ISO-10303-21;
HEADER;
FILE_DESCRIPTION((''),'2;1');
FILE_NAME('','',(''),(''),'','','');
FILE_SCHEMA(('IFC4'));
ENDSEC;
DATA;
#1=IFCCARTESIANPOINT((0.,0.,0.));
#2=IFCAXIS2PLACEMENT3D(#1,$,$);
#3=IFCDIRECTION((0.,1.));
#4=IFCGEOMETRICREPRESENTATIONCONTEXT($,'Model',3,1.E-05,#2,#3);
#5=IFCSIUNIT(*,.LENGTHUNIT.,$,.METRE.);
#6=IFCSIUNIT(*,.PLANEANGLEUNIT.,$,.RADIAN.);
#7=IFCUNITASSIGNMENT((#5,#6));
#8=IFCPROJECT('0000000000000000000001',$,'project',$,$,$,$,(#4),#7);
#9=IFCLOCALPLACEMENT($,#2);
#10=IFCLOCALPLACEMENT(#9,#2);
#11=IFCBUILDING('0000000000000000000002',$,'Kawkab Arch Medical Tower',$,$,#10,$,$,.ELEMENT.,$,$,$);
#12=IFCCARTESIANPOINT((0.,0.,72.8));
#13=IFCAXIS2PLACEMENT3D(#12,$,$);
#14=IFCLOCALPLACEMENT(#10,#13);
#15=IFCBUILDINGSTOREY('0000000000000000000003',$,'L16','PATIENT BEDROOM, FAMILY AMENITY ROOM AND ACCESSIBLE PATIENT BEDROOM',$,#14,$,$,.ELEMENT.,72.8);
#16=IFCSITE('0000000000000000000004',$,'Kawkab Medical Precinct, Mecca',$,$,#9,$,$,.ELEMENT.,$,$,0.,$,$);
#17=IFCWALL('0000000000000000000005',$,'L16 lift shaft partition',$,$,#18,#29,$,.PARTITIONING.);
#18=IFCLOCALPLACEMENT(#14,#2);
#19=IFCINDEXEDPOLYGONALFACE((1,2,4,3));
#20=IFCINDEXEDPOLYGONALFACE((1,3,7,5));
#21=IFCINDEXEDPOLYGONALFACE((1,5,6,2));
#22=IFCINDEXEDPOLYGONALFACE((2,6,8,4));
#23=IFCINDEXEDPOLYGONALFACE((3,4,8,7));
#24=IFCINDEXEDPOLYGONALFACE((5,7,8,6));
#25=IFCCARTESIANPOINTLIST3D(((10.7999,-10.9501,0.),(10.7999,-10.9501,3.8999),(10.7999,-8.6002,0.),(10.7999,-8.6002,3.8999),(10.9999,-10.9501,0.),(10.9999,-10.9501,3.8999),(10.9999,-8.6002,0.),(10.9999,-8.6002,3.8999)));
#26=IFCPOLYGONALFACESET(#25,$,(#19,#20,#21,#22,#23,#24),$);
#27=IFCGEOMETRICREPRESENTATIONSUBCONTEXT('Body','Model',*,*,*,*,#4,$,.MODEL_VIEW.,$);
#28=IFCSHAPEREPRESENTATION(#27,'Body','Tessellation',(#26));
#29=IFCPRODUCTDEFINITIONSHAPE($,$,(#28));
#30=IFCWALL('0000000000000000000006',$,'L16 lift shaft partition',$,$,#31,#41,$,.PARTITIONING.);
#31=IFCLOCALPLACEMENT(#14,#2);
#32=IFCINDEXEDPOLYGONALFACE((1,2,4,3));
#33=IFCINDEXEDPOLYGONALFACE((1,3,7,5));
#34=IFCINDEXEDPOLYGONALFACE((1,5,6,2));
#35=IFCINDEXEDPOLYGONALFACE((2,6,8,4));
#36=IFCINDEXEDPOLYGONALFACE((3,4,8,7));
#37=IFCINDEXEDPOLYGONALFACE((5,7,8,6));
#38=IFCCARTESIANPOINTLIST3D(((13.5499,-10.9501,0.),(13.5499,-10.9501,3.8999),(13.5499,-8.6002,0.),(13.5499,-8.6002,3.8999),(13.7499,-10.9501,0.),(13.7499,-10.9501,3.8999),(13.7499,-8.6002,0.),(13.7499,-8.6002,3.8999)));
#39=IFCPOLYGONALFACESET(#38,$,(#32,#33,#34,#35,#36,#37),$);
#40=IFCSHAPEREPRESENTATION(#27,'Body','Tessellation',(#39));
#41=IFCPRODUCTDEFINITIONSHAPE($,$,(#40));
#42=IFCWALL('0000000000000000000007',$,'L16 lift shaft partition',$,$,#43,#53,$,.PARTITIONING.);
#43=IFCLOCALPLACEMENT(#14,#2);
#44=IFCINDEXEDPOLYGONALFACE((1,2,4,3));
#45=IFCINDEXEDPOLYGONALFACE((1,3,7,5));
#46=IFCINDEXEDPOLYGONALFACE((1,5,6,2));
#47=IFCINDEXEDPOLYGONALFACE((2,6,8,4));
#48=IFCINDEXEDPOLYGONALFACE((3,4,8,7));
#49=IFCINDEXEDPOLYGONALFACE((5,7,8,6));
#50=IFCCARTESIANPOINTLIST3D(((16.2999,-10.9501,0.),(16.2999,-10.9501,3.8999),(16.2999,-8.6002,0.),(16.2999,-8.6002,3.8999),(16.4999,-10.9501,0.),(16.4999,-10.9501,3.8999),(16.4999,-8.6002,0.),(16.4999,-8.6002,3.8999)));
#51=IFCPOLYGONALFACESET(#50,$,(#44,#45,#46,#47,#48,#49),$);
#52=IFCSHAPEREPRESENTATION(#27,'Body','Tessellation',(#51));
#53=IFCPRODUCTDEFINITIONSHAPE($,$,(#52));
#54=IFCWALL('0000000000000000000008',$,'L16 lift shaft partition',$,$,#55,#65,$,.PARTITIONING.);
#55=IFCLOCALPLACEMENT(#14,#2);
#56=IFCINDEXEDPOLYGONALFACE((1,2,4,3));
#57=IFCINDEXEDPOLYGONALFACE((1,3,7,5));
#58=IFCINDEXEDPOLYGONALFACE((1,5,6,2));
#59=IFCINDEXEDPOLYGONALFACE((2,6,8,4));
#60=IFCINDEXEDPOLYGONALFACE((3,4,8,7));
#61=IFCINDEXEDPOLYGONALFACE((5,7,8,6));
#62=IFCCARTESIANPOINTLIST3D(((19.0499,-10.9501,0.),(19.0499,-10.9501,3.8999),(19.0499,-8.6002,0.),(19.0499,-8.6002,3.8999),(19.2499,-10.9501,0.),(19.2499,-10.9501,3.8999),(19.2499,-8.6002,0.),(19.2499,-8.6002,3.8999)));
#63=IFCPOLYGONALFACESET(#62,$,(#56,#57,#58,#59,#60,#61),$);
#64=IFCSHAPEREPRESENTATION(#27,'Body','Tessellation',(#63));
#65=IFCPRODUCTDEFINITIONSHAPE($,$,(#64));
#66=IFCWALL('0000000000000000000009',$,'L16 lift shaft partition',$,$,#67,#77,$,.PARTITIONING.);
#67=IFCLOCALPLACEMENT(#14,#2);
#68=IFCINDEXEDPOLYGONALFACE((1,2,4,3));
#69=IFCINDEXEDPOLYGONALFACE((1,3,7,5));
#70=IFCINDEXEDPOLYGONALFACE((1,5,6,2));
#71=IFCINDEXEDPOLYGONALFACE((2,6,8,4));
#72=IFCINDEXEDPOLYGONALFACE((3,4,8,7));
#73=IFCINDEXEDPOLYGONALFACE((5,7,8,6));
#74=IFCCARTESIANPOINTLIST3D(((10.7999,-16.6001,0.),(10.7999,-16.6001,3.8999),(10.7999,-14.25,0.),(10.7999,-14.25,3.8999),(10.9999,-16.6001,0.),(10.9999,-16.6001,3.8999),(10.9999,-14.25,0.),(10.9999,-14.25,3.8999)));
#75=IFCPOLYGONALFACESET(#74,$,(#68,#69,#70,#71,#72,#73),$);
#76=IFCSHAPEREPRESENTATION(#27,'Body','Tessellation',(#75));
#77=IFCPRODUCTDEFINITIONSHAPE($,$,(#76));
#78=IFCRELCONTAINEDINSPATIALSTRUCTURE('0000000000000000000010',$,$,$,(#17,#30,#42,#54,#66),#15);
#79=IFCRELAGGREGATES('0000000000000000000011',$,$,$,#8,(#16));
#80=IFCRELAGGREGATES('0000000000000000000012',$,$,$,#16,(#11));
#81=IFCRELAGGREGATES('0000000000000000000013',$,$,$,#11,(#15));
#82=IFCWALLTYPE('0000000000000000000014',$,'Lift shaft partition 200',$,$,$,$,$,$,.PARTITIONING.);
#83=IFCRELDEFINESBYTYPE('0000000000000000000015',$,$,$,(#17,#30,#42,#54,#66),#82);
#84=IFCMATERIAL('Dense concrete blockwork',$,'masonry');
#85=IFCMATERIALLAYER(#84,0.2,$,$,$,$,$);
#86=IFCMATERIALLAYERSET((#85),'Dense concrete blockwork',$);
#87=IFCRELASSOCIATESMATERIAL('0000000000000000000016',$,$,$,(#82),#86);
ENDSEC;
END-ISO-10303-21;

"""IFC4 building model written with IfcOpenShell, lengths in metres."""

from ifc_helpers import new_model, si_unit, direction, frame, frame_2d, origin, place, context, subcontext, project, spatial, rectangle, extrude, material, layer, layer_set, type_object, element, save


model = new_model("IFC4")

# Units and contexts
model_context = context("Model", 3, precision=1e-05, world=origin(), true_north=direction((0.0, 1.0)))
body_context = subcontext(model_context, "Body", "Model", "MODEL_VIEW")
ifc_project = project(units=[si_unit("LENGTHUNIT", "METRE"), si_unit("PLANEANGLEUNIT", "RADIAN")], contexts=[model_context])

# Site, building, storey
site_placement = place(None, origin())
site = spatial("IfcSite", under=ifc_project, at=site_placement, Name="Kawkab Medical Precinct, Mecca", CompositionType="ELEMENT", RefElevation=0.0)
building_placement = place(site_placement, origin())
building = spatial("IfcBuilding", under=site, at=building_placement, Name="Kawkab Arch Medical Tower", CompositionType="ELEMENT")
storey_placement = place(building_placement, frame((0.0, 0.0, 72.8)))
storey = spatial("IfcBuildingStorey", under=building, at=storey_placement, Name="L16", Description="PATIENT BEDROOM, FAMILY AMENITY ROOM AND ACCESSIBLE PATIENT BEDROOM", CompositionType="ELEMENT", Elevation=72.8)

# Walls
ifc_material_1 = material(Name="Dense concrete blockwork", Category="masonry")
ifc_layer_1 = layer(ifc_material_1, 0.2)
ifc_layer_set_1 = layer_set([ifc_layer_1], Name="Dense concrete blockwork")
wall_type_1 = type_object("IfcWallType", Name="Lift shaft partition 200", PredefinedType="PARTITIONING", material=ifc_layer_set_1)
for number, where, z_axis, x_axis, name in (
    (1, (10.8999, -10.95, 0.0), (0.0, 0.0, 1.0), (0.0, 1.0, 0.0), "L16 lift shaft partition"),
    (2, (13.6499, -10.95, 0.0), (0.0, 0.0, 1.0), (0.0, 1.0, 0.0), "L16 lift shaft partition"),
    (3, (16.3999, -10.95, 0.0), (0.0, 0.0, 1.0), (0.0, 1.0, 0.0), "L16 lift shaft partition"),
    (4, (19.1499, -10.95, 0.0), (0.0, 0.0, 1.0), (0.0, 1.0, 0.0), "L16 lift shaft partition"),
):
    element("IfcWall", number, at=place(storey_placement, frame(where, z_axis=z_axis, x_axis=x_axis)), inside=storey, type_object=wall_type_1, Name=name, PredefinedType="PARTITIONING", context=body_context, shape_type="SweptSolid", body=[
        extrude(rectangle(XDim=2.3499, YDim=0.2, at=frame_2d((1.1748, 0.0))), origin(), (0.0, 0.0, 1.0), 3.8999),
    ])
wall_1_placement = place(storey_placement, frame((10.8999, -16.6001, 0.0), z_axis=(0.0, 0.0, 1.0), x_axis=(0.0, 1.0, 0.0)))
element("IfcWall", 5, at=wall_1_placement, inside=storey, type_object=wall_type_1, Name="L16 lift shaft partition", PredefinedType="PARTITIONING", context=body_context, shape_type="SweptSolid", body=[
    extrude(rectangle(XDim=2.3501, YDim=0.2, at=frame_2d((1.175, 0.0))), origin(), (0.0, 0.0, 1.0), 3.8999),
])

save(model, "model.ifc")
